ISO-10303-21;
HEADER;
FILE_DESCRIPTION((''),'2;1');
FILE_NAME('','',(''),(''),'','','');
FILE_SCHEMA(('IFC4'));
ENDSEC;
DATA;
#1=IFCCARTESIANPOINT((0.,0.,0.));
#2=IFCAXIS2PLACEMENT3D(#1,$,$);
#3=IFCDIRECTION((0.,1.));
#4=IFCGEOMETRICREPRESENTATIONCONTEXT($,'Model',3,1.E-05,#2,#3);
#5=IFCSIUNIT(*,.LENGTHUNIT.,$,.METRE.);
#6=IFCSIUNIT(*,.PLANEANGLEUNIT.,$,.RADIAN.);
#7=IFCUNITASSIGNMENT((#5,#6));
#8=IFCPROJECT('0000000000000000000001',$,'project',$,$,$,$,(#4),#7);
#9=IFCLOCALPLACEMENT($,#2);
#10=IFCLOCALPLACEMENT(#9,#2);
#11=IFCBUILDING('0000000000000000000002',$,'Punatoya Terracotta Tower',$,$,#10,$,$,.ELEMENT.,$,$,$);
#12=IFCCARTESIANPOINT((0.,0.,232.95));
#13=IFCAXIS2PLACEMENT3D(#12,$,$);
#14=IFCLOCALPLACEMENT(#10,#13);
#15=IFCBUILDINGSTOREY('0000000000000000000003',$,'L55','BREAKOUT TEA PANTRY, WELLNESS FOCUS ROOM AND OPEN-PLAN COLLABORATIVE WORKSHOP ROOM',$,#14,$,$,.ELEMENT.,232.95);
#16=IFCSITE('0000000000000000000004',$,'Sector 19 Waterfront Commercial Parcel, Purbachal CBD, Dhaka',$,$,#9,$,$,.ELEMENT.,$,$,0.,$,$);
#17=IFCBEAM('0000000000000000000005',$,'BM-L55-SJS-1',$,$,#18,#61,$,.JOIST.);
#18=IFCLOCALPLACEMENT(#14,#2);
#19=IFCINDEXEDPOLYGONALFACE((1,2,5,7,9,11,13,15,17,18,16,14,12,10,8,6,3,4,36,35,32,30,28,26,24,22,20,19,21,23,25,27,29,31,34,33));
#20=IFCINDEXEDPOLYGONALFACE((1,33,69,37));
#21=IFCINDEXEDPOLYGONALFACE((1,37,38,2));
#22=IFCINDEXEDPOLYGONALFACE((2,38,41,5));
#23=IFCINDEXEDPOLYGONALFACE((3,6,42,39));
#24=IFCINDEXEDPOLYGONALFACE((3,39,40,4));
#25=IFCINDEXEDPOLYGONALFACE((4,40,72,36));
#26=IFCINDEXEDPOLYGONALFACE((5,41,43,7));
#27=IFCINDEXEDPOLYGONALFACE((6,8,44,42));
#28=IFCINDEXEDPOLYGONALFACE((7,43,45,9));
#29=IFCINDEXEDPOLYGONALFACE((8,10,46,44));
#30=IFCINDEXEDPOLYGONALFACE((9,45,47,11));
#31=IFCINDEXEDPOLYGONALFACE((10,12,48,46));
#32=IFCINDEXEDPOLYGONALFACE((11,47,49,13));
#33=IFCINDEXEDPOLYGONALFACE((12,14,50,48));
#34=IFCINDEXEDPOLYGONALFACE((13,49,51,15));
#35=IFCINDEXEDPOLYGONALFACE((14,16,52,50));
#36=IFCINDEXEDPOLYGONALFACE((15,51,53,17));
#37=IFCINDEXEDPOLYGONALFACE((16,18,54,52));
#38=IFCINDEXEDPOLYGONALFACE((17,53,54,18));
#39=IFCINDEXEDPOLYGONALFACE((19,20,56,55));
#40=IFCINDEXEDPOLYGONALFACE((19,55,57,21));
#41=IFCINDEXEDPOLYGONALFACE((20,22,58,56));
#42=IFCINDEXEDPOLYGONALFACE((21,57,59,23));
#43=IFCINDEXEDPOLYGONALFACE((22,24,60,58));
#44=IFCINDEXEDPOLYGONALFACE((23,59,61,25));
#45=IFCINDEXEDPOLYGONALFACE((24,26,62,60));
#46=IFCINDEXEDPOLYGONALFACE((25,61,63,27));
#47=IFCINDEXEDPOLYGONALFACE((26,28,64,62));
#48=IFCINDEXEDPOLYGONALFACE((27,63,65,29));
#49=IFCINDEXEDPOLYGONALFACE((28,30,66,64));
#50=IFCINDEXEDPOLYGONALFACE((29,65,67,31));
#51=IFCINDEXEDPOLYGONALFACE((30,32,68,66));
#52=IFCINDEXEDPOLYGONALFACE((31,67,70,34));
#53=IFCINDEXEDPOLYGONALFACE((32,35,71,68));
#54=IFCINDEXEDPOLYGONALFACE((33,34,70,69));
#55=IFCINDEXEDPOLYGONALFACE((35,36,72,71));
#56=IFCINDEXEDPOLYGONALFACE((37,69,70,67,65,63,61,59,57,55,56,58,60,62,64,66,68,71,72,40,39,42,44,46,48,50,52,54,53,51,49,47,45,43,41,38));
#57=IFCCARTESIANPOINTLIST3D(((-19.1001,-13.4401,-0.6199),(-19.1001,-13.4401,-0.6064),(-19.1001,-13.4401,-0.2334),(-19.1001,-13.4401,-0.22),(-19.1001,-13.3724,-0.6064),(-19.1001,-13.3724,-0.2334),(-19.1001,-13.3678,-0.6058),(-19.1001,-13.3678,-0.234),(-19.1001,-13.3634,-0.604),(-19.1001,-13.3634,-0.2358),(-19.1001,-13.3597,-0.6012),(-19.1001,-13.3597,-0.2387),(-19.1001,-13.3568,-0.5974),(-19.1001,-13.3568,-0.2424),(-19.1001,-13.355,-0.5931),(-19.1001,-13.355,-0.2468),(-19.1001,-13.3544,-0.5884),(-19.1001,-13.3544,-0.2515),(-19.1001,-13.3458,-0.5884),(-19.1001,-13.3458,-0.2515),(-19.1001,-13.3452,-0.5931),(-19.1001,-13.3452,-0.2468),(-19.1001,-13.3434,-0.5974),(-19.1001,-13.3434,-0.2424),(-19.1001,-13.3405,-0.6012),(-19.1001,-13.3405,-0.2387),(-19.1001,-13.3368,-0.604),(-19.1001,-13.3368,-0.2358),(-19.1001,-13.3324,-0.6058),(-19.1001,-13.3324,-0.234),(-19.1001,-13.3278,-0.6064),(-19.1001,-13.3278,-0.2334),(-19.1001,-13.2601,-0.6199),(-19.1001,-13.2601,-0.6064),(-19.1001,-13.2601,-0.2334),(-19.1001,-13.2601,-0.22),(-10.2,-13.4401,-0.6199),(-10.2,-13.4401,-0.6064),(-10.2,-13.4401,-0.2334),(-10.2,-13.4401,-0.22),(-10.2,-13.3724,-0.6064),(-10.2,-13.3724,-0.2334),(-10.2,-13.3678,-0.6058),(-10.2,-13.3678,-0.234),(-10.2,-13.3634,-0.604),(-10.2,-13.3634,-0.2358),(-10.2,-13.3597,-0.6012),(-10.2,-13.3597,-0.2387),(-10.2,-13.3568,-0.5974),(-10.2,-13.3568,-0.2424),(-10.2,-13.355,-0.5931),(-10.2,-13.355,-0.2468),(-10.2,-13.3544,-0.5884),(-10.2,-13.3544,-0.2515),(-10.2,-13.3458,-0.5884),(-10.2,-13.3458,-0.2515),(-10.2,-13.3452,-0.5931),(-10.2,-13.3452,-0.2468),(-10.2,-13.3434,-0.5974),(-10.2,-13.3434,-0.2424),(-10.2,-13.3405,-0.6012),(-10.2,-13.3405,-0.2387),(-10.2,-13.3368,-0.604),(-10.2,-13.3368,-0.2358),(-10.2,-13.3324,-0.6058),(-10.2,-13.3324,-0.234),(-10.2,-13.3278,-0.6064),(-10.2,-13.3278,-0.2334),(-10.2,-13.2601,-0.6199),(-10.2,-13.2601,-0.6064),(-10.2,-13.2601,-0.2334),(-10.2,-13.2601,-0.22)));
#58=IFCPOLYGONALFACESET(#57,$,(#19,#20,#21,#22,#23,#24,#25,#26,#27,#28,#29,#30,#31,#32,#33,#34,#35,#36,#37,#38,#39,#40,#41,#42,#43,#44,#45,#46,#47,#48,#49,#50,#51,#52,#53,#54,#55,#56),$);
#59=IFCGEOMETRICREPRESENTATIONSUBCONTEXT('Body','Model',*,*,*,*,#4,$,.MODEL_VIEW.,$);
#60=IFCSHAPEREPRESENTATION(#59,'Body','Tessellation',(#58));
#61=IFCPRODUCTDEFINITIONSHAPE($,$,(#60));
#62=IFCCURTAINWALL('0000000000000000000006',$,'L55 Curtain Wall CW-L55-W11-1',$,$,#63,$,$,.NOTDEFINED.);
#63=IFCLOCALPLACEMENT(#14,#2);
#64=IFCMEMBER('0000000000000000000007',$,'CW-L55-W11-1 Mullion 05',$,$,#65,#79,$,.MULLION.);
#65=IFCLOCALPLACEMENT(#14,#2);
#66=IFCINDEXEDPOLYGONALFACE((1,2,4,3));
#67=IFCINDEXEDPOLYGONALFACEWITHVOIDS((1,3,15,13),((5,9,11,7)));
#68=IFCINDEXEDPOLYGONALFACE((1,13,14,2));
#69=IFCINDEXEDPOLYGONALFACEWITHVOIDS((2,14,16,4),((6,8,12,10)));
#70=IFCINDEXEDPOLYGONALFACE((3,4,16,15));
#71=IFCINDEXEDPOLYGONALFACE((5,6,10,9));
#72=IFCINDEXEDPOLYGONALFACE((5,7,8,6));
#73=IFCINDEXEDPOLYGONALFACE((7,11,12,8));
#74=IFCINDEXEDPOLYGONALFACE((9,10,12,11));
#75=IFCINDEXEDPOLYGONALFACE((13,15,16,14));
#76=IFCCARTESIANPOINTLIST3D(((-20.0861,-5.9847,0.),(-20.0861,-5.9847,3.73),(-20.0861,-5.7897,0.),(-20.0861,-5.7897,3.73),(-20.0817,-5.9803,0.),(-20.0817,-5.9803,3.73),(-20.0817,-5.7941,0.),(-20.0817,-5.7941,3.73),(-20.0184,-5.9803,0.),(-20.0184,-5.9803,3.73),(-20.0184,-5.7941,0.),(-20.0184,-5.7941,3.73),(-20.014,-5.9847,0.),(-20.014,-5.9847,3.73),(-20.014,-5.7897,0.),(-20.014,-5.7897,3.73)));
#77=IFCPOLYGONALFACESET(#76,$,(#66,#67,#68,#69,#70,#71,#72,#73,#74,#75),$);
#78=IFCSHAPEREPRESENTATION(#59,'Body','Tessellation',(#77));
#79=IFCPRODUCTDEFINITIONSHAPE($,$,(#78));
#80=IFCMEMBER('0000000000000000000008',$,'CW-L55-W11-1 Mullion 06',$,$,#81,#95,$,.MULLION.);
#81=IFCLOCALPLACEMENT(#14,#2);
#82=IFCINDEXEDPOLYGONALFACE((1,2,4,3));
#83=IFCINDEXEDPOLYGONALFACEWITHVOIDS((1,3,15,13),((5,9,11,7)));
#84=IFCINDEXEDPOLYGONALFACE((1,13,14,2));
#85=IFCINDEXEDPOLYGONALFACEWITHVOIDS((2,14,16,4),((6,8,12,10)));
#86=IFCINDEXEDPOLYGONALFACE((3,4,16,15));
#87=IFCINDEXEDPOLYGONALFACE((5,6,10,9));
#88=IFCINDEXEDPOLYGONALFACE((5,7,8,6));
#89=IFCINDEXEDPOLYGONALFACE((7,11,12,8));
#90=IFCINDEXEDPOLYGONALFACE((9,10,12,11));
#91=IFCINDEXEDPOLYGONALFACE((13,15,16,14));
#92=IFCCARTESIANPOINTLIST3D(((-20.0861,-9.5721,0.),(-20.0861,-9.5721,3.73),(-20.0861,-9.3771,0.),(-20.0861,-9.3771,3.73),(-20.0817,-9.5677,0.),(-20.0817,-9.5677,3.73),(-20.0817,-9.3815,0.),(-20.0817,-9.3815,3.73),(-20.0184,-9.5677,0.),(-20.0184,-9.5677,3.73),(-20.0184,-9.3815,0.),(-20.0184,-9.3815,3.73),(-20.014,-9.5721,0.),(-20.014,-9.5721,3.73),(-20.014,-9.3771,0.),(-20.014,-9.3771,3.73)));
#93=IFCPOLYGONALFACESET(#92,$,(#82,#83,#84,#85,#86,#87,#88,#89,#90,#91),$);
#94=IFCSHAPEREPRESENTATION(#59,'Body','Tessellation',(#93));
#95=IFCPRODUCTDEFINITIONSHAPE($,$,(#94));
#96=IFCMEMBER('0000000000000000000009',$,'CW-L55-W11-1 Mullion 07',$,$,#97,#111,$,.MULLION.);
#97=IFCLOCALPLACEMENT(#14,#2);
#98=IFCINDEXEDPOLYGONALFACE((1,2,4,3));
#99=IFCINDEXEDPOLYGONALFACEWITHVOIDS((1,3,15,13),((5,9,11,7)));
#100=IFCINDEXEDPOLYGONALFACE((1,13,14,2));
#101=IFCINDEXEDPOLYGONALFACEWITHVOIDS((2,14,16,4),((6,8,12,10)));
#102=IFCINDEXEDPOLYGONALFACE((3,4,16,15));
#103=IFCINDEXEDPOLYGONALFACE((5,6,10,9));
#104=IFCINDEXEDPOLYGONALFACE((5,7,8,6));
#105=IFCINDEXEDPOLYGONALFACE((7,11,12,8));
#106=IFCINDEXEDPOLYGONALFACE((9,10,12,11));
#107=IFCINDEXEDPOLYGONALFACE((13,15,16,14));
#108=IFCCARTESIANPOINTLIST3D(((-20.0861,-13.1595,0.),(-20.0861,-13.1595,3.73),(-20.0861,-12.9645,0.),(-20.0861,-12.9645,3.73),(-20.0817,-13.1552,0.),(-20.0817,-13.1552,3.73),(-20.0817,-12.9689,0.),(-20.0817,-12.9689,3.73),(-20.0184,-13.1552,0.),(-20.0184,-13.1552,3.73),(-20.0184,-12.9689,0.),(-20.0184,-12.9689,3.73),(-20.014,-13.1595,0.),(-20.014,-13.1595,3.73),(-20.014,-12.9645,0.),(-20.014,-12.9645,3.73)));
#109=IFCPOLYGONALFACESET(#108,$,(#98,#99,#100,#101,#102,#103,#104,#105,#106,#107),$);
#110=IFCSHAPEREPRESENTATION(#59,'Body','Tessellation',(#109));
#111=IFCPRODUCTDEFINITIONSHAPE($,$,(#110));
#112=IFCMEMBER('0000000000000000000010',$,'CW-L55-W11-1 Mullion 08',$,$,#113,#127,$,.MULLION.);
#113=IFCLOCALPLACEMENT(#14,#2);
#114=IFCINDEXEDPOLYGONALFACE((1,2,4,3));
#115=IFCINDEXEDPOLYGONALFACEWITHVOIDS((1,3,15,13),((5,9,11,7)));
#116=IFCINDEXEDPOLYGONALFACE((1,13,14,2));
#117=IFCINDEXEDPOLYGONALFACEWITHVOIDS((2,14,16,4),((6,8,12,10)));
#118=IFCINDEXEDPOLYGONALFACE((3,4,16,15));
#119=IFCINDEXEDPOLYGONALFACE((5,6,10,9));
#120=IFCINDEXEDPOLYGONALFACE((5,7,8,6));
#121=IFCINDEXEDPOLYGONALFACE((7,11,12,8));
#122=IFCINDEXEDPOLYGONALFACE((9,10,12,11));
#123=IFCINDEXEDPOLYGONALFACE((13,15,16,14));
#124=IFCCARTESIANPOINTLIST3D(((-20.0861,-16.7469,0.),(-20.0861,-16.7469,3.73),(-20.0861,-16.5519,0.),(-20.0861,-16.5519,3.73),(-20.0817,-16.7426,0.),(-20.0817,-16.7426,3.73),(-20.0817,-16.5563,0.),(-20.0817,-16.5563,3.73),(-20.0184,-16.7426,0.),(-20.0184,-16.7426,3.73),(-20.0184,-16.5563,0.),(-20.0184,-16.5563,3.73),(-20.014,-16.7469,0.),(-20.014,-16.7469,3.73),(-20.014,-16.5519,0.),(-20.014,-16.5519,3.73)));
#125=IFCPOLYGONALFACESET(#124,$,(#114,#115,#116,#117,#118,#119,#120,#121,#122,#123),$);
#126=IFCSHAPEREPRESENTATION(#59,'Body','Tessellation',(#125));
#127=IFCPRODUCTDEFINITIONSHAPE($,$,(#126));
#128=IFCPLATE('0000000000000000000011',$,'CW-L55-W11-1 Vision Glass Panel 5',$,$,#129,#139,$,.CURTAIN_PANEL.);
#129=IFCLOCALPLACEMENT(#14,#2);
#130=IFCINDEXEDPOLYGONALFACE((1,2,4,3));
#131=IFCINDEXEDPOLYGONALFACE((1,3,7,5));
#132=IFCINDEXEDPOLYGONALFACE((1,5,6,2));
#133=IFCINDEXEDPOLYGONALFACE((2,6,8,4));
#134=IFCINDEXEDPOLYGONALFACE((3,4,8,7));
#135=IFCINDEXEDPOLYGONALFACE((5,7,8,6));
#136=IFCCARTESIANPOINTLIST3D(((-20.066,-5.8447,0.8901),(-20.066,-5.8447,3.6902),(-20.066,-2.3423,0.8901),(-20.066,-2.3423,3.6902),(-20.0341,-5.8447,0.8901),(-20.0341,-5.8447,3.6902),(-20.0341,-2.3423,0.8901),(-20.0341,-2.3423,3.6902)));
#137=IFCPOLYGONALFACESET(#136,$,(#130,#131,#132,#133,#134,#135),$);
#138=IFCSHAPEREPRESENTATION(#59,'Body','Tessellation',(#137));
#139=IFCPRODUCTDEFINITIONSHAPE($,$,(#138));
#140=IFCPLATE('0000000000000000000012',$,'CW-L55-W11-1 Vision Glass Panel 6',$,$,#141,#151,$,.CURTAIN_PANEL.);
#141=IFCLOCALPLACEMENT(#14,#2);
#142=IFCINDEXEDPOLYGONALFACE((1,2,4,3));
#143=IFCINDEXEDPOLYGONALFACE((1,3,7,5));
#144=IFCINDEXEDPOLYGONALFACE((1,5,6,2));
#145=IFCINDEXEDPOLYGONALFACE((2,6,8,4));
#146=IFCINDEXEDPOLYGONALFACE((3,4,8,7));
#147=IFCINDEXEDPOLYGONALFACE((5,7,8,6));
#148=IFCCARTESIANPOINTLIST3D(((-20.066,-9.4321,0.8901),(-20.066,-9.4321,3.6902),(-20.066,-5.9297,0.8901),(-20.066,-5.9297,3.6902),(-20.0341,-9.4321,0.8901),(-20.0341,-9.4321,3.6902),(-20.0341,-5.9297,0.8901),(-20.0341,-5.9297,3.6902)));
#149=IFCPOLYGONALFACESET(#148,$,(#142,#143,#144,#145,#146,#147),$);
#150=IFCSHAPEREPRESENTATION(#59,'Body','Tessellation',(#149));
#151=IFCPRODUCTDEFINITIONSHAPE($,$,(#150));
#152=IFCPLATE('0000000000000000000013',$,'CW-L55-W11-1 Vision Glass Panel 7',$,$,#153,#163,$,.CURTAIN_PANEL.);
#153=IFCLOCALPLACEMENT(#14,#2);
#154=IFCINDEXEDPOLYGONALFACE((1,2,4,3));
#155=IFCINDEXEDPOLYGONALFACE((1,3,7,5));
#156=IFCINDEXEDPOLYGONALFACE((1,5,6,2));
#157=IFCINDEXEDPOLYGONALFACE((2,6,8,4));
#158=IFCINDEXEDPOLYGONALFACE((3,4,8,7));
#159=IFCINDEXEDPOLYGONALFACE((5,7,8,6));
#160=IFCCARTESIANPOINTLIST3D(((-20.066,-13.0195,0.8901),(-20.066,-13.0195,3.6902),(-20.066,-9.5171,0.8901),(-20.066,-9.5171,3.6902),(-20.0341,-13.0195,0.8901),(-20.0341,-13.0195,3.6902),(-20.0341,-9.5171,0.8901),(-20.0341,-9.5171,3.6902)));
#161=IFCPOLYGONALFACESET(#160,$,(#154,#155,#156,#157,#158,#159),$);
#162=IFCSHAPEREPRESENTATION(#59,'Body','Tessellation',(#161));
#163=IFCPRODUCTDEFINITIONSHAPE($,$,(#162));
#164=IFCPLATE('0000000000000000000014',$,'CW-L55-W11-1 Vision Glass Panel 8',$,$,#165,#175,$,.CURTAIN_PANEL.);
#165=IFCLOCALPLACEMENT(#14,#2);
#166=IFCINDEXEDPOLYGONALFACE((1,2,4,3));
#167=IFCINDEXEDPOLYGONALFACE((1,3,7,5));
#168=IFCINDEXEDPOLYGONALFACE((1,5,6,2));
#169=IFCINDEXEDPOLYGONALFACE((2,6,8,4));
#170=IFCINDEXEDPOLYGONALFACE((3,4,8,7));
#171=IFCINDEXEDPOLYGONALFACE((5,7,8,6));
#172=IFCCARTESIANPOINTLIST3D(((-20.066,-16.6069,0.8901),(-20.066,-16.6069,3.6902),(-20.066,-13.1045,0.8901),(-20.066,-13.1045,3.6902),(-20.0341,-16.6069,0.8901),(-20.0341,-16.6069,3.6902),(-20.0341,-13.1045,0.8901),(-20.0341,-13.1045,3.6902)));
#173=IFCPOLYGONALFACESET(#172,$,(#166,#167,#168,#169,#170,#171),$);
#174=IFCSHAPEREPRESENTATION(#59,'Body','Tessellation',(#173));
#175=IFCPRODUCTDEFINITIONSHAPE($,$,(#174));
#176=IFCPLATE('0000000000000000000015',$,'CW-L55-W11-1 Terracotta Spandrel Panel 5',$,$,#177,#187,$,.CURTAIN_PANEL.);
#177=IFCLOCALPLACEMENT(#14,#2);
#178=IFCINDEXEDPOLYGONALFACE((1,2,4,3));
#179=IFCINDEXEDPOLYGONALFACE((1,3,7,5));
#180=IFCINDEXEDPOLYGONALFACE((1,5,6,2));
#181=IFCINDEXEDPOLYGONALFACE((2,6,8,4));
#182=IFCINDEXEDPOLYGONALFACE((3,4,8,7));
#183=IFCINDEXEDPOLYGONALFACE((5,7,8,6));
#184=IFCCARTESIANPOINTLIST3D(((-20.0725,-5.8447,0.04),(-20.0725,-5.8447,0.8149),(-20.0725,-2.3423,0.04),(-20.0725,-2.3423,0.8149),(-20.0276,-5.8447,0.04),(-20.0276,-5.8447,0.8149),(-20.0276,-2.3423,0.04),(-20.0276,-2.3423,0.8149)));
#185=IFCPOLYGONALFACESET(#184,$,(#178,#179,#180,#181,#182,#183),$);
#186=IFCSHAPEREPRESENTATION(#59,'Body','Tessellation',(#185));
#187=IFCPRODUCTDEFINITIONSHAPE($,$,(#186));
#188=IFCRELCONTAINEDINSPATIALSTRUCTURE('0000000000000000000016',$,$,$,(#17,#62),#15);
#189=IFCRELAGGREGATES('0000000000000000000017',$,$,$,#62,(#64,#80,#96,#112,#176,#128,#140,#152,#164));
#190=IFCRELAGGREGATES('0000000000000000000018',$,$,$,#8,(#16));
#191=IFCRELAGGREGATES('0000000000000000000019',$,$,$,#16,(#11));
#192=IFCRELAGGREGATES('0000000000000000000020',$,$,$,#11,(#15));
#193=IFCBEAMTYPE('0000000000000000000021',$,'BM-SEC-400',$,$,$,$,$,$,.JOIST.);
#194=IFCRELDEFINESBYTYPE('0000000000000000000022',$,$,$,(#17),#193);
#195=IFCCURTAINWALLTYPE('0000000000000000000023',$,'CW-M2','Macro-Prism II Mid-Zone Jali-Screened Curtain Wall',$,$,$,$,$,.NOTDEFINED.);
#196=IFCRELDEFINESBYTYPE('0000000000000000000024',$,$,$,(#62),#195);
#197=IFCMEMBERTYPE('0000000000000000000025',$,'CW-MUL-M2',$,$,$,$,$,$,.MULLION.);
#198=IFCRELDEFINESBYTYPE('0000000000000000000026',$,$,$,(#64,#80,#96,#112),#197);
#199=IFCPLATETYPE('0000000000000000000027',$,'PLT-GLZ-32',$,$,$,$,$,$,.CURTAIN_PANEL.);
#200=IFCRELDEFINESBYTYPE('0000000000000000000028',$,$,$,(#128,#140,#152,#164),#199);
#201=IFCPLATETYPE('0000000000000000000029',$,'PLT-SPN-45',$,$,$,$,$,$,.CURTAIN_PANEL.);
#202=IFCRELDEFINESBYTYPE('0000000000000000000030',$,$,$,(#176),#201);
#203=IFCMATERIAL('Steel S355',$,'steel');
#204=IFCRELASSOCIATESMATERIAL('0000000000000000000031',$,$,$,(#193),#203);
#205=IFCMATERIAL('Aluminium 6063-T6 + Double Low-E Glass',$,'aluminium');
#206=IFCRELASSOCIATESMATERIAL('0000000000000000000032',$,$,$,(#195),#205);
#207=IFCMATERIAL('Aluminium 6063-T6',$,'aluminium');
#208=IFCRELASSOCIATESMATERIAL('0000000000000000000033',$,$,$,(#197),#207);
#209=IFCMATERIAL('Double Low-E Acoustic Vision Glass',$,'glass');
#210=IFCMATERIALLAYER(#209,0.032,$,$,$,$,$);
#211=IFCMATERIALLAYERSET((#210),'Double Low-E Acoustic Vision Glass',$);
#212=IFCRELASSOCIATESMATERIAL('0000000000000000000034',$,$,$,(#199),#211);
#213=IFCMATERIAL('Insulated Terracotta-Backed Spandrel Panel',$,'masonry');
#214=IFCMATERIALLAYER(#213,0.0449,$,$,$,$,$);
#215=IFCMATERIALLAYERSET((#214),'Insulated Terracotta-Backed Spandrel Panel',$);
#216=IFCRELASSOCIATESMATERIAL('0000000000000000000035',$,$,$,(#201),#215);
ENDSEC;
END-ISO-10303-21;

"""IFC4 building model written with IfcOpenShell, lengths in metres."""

from ifc_helpers import new_model, si_unit, direction, frame, origin, origin_2d, place, context, subcontext, project, spatial, rectangle, hollow_rectangle, i_section, extrude, material, layer, layer_set, material_profile, profile_set, type_object, element, aggregate, save


model = new_model("IFC4")

# Units and contexts
model_context = context("Model", 3, precision=1e-05, world=origin(), true_north=direction((0.0, 1.0)))
body_context = subcontext(model_context, "Body", "Model", "MODEL_VIEW")
ifc_project = project(units=[si_unit("LENGTHUNIT", "METRE"), si_unit("PLANEANGLEUNIT", "RADIAN")], contexts=[model_context])

# Site, building, storey
site_placement = place(None, origin())
site = spatial("IfcSite", under=ifc_project, at=site_placement, Name="Sector 19 Waterfront Commercial Parcel, Purbachal CBD, Dhaka", CompositionType="ELEMENT", RefElevation=0.0)
building_placement = place(site_placement, origin())
building = spatial("IfcBuilding", under=site, at=building_placement, Name="Punatoya Terracotta Tower", CompositionType="ELEMENT")
storey_placement = place(building_placement, frame((0.0, 0.0, 232.95)))
storey = spatial("IfcBuildingStorey", under=building, at=storey_placement, Name="L55", Description="BREAKOUT TEA PANTRY, WELLNESS FOCUS ROOM AND OPEN-PLAN COLLABORATIVE WORKSHOP ROOM", CompositionType="ELEMENT", Elevation=232.95)

# Beam
ifc_material_1 = material(Name="Steel S355", Category="steel")
ifc_material_profile_1 = material_profile(ifc_material_1, i_section(OverallWidth=0.1799, OverallDepth=0.3999, WebThickness=0.0085, FlangeThickness=0.0134, FilletRadius=0.0181, at=origin_2d()))
ifc_profile_set_1 = profile_set([ifc_material_profile_1], Name="Steel S355")
beam_type_1 = type_object("IfcBeamType", Name="BM-SEC-400", PredefinedType="JOIST", material=ifc_profile_set_1)
beam_1_placement = place(storey_placement, frame((-19.1001, -13.3501, -0.4199), z_axis=(1.0, 0.0, 0.0), x_axis=(0.0, 1.0, 0.0)))
element("IfcBeam", 1, at=beam_1_placement, inside=storey, type_object=beam_type_1, Name="BM-L55-SJS-1", PredefinedType="JOIST", context=body_context, shape_type="SweptSolid", body=[
    extrude(i_section(OverallWidth=0.1799, OverallDepth=0.3999, WebThickness=0.0085, FlangeThickness=0.0134, FilletRadius=0.0181, at=origin_2d()), origin(), (0.0, 0.0, 1.0), 8.9001),
])

# Curtain wall, members, plates
ifc_material_2 = material(Name="Aluminium 6063-T6 + Double Low-E Glass", Category="aluminium")
curtain_wall_type = type_object("IfcCurtainWallType", Name="CW-M2", Description="Macro-Prism II Mid-Zone Jali-Screened Curtain Wall", PredefinedType="NOTDEFINED", material=ifc_material_2)
curtain_wall_placement = place(storey_placement, origin())
curtain_wall = element("IfcCurtainWall", 2, at=curtain_wall_placement, inside=storey, type_object=curtain_wall_type, Name="L55 Curtain Wall CW-L55-W11-1", PredefinedType="NOTDEFINED")
ifc_material_3 = material(Name="Aluminium 6063-T6", Category="aluminium")
ifc_material_profile_2 = material_profile(ifc_material_3, hollow_rectangle(XDim=0.072, YDim=0.1951, WallThickness=0.0044, at=origin_2d()))
ifc_profile_set_2 = profile_set([ifc_material_profile_2], Name="Aluminium 6063-T6")
member_type = type_object("IfcMemberType", Name="CW-MUL-M2", PredefinedType="MULLION", material=ifc_profile_set_2)
member_1_placement = place(storey_placement, frame((-20.05, -5.8872, 0.0), z_axis=(0.0, 0.0, 1.0), x_axis=(1.0, 0.0, 0.0)))
member_1 = element("IfcMember", 3, at=member_1_placement, type_object=member_type, Name="CW-L55-W11-1 Mullion 05", PredefinedType="MULLION", context=body_context, shape_type="SweptSolid", body=[
    extrude(hollow_rectangle(XDim=0.072, YDim=0.1951, WallThickness=0.0044, at=origin_2d()), origin(), (0.0, 0.0, 1.0), 3.73),
])
member_2_placement = place(storey_placement, frame((-20.05, -9.4746, 0.0), z_axis=(0.0, 0.0, 1.0), x_axis=(1.0, 0.0, 0.0)))
member_2 = element("IfcMember", 4, at=member_2_placement, type_object=member_type, Name="CW-L55-W11-1 Mullion 06", PredefinedType="MULLION", context=body_context, shape_type="SweptSolid", body=[
    extrude(hollow_rectangle(XDim=0.072, YDim=0.1951, WallThickness=0.0044, at=origin_2d()), origin(), (0.0, 0.0, 1.0), 3.73),
])
member_3_placement = place(storey_placement, frame((-20.05, -13.062, 0.0), z_axis=(0.0, 0.0, 1.0), x_axis=(1.0, 0.0, 0.0)))
member_3 = element("IfcMember", 5, at=member_3_placement, type_object=member_type, Name="CW-L55-W11-1 Mullion 07", PredefinedType="MULLION", context=body_context, shape_type="SweptSolid", body=[
    extrude(hollow_rectangle(XDim=0.072, YDim=0.1951, WallThickness=0.0044, at=origin_2d()), origin(), (0.0, 0.0, 1.0), 3.73),
])
member_4_placement = place(storey_placement, frame((-20.05, -16.6494, 0.0), z_axis=(0.0, 0.0, 1.0), x_axis=(1.0, 0.0, 0.0)))
member_4 = element("IfcMember", 6, at=member_4_placement, type_object=member_type, Name="CW-L55-W11-1 Mullion 08", PredefinedType="MULLION", context=body_context, shape_type="SweptSolid", body=[
    extrude(hollow_rectangle(XDim=0.072, YDim=0.1951, WallThickness=0.0044, at=origin_2d()), origin(), (0.0, 0.0, 1.0), 3.73),
])
ifc_material_4 = material(Name="Double Low-E Acoustic Vision Glass", Category="glass")
ifc_layer_1 = layer(ifc_material_4, 0.032)
ifc_layer_set_1 = layer_set([ifc_layer_1], Name="Double Low-E Acoustic Vision Glass")
plate_type_1 = type_object("IfcPlateType", Name="PLT-GLZ-32", PredefinedType="CURTAIN_PANEL", material=ifc_layer_set_1)
plate_1_placement = place(storey_placement, frame((-20.05, -4.0935, 0.8901), z_axis=(0.0, 0.0, 1.0), x_axis=(0.0, -1.0, 0.0)))
plate_1 = element("IfcPlate", 7, at=plate_1_placement, type_object=plate_type_1, Name="CW-L55-W11-1 Vision Glass Panel 5", PredefinedType="CURTAIN_PANEL", context=body_context, shape_type="SweptSolid", body=[
    extrude(rectangle(XDim=3.5024, YDim=0.032, at=origin_2d()), origin(), (0.0, 0.0, 1.0), 2.8),
])
plate_2_placement = place(storey_placement, frame((-20.05, -7.6809, 0.8901), z_axis=(0.0, 0.0, 1.0), x_axis=(0.0, -1.0, 0.0)))
plate_2 = element("IfcPlate", 8, at=plate_2_placement, type_object=plate_type_1, Name="CW-L55-W11-1 Vision Glass Panel 6", PredefinedType="CURTAIN_PANEL", context=body_context, shape_type="SweptSolid", body=[
    extrude(rectangle(XDim=3.5024, YDim=0.032, at=origin_2d()), origin(), (0.0, 0.0, 1.0), 2.8),
])
plate_3_placement = place(storey_placement, frame((-20.05, -11.2683, 0.8901), z_axis=(0.0, 0.0, 1.0), x_axis=(0.0, -1.0, 0.0)))
plate_3 = element("IfcPlate", 9, at=plate_3_placement, type_object=plate_type_1, Name="CW-L55-W11-1 Vision Glass Panel 7", PredefinedType="CURTAIN_PANEL", context=body_context, shape_type="SweptSolid", body=[
    extrude(rectangle(XDim=3.5024, YDim=0.032, at=origin_2d()), origin(), (0.0, 0.0, 1.0), 2.8),
])
plate_4_placement = place(storey_placement, frame((-20.05, -14.8557, 0.8901), z_axis=(0.0, 0.0, 1.0), x_axis=(0.0, -1.0, 0.0)))
plate_4 = element("IfcPlate", 10, at=plate_4_placement, type_object=plate_type_1, Name="CW-L55-W11-1 Vision Glass Panel 8", PredefinedType="CURTAIN_PANEL", context=body_context, shape_type="SweptSolid", body=[
    extrude(rectangle(XDim=3.5024, YDim=0.032, at=origin_2d()), origin(), (0.0, 0.0, 1.0), 2.8),
])
ifc_material_5 = material(Name="Insulated Terracotta-Backed Spandrel Panel", Category="masonry")
ifc_layer_2 = layer(ifc_material_5, 0.0449)
ifc_layer_set_2 = layer_set([ifc_layer_2], Name="Insulated Terracotta-Backed Spandrel Panel")
plate_type_2 = type_object("IfcPlateType", Name="PLT-SPN-45", PredefinedType="CURTAIN_PANEL", material=ifc_layer_set_2)
plate_5_placement = place(storey_placement, frame((-20.05, -4.0935, 0.04), z_axis=(0.0, 0.0, 1.0), x_axis=(0.0, -1.0, 0.0)))
plate_5 = element("IfcPlate", 11, at=plate_5_placement, type_object=plate_type_2, Name="CW-L55-W11-1 Terracotta Spandrel Panel 5", PredefinedType="CURTAIN_PANEL", context=body_context, shape_type="SweptSolid", body=[
    extrude(rectangle(XDim=3.5024, YDim=0.0449, at=origin_2d()), origin(), (0.0, 0.0, 1.0), 0.7749),
])
aggregate(curtain_wall, [member_1, member_2, member_3, member_4, plate_5, plate_1, plate_2, plate_3, plate_4])

save(model, "model.ifc")
